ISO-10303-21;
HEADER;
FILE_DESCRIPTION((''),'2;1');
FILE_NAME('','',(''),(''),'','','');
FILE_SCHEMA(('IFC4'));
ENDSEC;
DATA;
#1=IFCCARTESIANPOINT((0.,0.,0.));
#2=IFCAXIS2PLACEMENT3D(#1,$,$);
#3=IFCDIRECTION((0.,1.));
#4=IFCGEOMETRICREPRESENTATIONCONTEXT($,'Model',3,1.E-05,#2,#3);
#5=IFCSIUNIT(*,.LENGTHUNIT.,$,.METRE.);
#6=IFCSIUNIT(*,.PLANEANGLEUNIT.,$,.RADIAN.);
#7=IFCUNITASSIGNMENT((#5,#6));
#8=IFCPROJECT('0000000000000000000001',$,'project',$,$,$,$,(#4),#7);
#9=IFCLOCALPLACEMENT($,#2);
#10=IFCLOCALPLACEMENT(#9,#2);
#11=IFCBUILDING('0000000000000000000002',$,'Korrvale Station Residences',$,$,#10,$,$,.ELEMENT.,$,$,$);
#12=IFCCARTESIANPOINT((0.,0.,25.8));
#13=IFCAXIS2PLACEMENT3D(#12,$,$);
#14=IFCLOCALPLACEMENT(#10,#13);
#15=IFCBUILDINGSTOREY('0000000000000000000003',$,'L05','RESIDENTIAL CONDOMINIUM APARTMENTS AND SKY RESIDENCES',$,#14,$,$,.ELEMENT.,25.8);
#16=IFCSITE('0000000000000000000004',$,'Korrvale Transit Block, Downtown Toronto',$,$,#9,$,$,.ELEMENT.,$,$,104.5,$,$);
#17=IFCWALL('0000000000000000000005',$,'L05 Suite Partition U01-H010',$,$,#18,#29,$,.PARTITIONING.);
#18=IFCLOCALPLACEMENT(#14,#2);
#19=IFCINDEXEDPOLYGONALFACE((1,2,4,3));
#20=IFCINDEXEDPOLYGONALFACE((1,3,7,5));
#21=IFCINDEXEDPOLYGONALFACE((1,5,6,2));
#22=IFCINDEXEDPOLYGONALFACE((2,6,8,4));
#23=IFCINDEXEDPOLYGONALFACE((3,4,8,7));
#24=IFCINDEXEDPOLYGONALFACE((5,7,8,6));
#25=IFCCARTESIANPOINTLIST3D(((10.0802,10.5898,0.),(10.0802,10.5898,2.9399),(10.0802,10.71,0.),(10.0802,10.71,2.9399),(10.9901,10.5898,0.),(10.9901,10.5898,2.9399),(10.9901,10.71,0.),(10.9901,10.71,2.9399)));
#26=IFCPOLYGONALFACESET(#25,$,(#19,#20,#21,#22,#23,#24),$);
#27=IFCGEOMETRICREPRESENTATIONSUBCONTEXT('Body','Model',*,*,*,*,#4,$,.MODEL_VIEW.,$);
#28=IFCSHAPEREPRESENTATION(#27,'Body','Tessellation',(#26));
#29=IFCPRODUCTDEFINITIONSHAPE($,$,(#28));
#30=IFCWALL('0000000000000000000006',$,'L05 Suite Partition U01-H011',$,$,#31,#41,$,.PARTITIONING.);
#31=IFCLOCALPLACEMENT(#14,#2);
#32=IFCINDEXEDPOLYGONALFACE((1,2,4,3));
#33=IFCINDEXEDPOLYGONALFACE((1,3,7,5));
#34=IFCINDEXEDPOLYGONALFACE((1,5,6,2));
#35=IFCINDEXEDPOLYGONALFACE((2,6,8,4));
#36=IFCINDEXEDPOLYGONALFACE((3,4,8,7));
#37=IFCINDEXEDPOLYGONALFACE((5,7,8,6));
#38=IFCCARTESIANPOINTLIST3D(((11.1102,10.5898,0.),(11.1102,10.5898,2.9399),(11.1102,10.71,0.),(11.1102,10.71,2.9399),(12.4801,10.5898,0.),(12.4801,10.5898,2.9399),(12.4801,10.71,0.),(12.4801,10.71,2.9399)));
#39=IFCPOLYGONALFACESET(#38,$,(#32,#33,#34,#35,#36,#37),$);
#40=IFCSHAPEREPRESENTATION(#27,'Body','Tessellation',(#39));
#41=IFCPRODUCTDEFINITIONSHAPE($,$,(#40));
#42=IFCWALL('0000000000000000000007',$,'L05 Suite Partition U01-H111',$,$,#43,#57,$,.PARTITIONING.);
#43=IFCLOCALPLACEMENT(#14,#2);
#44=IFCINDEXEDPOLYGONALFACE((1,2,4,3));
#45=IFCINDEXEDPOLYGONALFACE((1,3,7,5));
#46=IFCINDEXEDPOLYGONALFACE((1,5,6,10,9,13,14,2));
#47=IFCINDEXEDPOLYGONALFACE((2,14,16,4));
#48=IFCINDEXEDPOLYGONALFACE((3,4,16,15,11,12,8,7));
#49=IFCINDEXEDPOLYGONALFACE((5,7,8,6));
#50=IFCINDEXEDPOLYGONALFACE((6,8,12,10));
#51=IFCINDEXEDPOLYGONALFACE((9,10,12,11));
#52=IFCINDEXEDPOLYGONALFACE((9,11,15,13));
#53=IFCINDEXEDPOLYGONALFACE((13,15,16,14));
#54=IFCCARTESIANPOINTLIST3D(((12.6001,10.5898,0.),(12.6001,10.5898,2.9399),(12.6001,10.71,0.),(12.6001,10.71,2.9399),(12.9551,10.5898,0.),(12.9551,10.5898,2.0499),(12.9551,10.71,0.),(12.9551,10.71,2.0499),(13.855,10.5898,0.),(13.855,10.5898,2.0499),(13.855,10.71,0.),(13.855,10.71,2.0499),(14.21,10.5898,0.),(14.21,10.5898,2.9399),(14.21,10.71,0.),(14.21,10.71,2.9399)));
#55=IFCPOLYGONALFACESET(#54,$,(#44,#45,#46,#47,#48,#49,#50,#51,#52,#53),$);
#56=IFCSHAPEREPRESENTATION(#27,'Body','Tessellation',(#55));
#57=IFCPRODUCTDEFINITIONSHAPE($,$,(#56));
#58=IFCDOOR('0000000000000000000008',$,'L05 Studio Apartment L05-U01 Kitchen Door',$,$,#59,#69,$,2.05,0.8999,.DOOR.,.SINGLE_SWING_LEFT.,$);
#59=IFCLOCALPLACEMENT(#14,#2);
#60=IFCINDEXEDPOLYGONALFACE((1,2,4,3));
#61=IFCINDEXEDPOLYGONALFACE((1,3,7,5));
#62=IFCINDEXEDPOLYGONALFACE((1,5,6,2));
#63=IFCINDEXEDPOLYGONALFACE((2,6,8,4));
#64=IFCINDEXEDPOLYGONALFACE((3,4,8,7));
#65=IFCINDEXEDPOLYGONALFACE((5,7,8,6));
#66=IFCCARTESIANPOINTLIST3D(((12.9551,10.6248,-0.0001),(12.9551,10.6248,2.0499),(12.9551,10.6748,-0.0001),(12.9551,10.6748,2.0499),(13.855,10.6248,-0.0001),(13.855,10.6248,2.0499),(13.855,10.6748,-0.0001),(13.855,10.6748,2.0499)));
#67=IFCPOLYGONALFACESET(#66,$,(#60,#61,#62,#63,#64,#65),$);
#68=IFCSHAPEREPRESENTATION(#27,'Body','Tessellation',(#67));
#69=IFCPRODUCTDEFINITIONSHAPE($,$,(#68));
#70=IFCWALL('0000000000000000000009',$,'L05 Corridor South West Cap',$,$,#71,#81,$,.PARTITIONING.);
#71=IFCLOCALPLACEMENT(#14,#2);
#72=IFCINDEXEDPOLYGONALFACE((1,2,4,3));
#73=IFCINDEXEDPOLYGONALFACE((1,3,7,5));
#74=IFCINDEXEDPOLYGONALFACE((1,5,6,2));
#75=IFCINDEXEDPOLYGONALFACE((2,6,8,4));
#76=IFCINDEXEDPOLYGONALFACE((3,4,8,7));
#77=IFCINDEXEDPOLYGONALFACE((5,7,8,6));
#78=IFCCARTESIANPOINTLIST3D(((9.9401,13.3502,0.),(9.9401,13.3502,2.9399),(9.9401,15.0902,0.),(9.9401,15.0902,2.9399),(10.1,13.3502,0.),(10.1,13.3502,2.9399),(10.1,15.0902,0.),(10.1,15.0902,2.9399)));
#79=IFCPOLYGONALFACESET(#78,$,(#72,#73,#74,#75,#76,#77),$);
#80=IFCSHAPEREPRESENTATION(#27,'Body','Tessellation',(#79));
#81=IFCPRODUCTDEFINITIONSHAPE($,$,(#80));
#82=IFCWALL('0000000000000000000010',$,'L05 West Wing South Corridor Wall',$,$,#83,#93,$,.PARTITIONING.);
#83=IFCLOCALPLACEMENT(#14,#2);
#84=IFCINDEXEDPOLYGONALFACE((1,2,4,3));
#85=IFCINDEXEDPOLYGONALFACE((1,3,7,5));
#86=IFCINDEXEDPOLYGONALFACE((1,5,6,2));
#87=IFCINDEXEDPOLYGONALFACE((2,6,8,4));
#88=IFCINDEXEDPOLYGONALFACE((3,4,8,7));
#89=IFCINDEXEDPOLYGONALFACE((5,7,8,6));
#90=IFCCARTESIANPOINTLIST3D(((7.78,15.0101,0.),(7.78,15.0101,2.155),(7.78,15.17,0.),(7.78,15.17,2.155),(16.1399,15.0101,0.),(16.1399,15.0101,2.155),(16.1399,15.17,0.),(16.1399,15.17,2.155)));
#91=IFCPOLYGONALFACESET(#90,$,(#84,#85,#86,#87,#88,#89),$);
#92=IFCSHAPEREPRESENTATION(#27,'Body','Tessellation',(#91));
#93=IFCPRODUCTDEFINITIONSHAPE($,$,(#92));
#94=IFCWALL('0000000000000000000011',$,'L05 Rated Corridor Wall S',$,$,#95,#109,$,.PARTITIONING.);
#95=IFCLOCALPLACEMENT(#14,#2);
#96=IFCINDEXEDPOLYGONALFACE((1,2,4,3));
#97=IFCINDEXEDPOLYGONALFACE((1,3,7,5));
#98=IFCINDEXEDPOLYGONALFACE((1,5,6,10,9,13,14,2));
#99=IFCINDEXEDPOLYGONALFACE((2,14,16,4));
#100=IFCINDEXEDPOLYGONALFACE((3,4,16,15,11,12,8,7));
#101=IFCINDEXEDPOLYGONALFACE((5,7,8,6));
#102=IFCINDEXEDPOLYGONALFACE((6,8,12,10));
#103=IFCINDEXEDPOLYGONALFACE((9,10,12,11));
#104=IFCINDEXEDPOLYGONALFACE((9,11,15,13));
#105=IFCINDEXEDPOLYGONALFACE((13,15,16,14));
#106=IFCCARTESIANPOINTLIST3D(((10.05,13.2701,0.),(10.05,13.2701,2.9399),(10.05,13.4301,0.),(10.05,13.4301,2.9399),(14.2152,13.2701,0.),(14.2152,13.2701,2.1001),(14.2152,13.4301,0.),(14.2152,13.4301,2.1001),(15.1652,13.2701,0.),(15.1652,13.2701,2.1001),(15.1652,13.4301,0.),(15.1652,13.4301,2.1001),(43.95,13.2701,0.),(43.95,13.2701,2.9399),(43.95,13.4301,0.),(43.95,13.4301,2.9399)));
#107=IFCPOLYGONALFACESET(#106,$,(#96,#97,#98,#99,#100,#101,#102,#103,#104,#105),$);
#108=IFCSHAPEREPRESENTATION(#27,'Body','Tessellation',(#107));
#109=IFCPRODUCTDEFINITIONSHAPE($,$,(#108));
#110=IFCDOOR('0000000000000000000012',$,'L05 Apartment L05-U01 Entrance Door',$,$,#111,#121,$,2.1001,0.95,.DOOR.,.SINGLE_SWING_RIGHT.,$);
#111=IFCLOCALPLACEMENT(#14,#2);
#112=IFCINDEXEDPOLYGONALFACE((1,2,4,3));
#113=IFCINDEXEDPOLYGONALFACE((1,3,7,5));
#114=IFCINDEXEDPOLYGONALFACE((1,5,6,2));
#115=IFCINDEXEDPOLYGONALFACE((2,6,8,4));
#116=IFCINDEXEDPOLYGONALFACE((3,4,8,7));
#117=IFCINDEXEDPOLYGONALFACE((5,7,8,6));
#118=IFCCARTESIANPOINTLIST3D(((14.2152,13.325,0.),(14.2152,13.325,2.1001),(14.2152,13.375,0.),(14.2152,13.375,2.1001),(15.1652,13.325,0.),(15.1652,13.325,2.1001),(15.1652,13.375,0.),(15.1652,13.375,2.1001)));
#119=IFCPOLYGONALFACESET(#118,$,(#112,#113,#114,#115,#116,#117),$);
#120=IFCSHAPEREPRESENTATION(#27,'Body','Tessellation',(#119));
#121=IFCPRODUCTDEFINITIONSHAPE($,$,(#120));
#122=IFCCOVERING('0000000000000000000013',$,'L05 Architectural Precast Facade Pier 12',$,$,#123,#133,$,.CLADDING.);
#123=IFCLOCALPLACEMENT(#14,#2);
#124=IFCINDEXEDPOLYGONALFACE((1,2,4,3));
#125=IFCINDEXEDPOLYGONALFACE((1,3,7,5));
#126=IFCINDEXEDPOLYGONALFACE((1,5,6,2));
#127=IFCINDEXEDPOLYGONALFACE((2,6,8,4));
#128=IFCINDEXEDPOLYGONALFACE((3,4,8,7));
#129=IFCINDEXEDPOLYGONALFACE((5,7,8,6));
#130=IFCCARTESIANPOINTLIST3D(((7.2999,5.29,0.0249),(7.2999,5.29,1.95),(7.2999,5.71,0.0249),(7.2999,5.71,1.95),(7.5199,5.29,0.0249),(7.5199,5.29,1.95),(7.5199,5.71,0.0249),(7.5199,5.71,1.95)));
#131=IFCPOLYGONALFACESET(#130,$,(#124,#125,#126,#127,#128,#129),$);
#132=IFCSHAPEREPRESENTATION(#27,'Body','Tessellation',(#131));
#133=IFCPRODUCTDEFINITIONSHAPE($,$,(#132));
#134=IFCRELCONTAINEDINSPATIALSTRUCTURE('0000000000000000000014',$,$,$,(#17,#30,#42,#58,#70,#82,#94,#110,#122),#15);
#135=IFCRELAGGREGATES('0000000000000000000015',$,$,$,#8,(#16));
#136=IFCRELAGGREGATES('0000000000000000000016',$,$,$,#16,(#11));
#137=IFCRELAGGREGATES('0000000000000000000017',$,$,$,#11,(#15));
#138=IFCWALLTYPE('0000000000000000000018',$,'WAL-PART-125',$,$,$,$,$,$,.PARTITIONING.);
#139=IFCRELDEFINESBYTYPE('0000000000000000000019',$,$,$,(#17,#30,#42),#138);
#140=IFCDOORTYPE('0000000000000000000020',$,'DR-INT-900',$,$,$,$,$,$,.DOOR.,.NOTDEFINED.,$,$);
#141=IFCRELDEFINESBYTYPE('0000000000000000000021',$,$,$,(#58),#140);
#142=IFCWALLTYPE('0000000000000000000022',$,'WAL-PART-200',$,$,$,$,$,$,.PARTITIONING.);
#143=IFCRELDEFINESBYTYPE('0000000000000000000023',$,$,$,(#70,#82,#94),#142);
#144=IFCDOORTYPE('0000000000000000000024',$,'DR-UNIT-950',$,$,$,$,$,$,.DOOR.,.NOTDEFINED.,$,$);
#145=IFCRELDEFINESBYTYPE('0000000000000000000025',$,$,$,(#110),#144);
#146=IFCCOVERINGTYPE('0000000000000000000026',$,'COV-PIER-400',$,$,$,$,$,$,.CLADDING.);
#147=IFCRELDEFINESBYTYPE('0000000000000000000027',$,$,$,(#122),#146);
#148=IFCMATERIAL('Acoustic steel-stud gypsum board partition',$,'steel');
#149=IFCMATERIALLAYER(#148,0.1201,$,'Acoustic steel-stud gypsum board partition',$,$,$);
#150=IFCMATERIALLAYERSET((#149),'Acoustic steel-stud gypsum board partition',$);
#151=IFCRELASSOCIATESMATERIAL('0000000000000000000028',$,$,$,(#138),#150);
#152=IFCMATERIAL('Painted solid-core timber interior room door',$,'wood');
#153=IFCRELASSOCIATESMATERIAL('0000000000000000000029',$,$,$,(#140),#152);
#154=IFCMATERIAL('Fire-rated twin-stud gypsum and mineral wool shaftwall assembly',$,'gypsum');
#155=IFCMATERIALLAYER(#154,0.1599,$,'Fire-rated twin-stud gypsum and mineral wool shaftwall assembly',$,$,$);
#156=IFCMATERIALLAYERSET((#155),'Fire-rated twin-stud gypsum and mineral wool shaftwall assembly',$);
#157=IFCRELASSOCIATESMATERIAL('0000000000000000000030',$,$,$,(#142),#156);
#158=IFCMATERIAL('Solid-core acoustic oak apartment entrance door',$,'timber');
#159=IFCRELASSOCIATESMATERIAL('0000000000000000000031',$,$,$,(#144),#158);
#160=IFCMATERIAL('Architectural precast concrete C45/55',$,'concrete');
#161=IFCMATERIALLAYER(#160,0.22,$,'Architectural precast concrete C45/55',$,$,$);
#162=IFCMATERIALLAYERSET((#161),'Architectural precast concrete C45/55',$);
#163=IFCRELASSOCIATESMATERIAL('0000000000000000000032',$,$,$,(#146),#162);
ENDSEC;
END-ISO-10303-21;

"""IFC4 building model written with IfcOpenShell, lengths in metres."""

from ifc_helpers import new_model, si_unit, direction, frame, frame_2d, origin, origin_2d, place, context, subcontext, project, spatial, rectangle, extrude, material, layer, layer_set, type_object, element, fill, save


model = new_model("IFC4")

# Units and contexts
model_context = context("Model", 3, precision=1e-05, world=origin(), true_north=direction((0.0, 1.0)))
body_context = subcontext(model_context, "Body", "Model", "MODEL_VIEW")
ifc_project = project(units=[si_unit("LENGTHUNIT", "METRE"), si_unit("PLANEANGLEUNIT", "RADIAN")], contexts=[model_context])

# Site, building, storey
site_placement = place(None, origin())
site = spatial("IfcSite", under=ifc_project, at=site_placement, Name="Korrvale Transit Block, Downtown Toronto", CompositionType="ELEMENT", RefElevation=104.5)
building_placement = place(site_placement, origin())
building = spatial("IfcBuilding", under=site, at=building_placement, Name="Korrvale Station Residences", CompositionType="ELEMENT")
storey_placement = place(building_placement, frame((0.0, 0.0, 25.8)))
storey = spatial("IfcBuildingStorey", under=building, at=storey_placement, Name="L05", Description="RESIDENTIAL CONDOMINIUM APARTMENTS AND SKY RESIDENCES", CompositionType="ELEMENT", Elevation=25.8)

# Shared definitions
ifc_material_1 = material(Name="Acoustic steel-stud gypsum board partition", Category="steel")
ifc_layer_1 = layer(ifc_material_1, 0.1201, Name="Acoustic steel-stud gypsum board partition")
ifc_layer_set_1 = layer_set([ifc_layer_1], Name="Acoustic steel-stud gypsum board partition")
wall_type_1 = type_object("IfcWallType", Name="WAL-PART-125", PredefinedType="PARTITIONING", material=ifc_layer_set_1)

# Walls
wall_1_placement = place(storey_placement, frame((10.0801, 10.6499, 0.0), z_axis=(0.0, 0.0, 1.0), x_axis=(1.0, 0.0, 0.0)))
element("IfcWall", 1, at=wall_1_placement, inside=storey, type_object=wall_type_1, Name="L05 Suite Partition U01-H010", PredefinedType="PARTITIONING", context=body_context, shape_type="SweptSolid", body=[
    extrude(rectangle(XDim=0.9099, YDim=0.1201, at=frame_2d((0.4551, 0.0))), origin(), (0.0, 0.0, 1.0), 2.9399),
])
wall_2_placement = place(storey_placement, frame((11.1101, 10.6499, 0.0), z_axis=(0.0, 0.0, 1.0), x_axis=(1.0, 0.0, 0.0)))
element("IfcWall", 2, at=wall_2_placement, inside=storey, type_object=wall_type_1, Name="L05 Suite Partition U01-H011", PredefinedType="PARTITIONING", context=body_context, shape_type="SweptSolid", body=[
    extrude(rectangle(XDim=1.3699, YDim=0.1201, at=frame_2d((0.6851, 0.0))), origin(), (0.0, 0.0, 1.0), 2.9399),
])

# Wall, opening, door
wall_3_placement = place(storey_placement, frame((12.6001, 10.6499, 0.0), z_axis=(0.0, 0.0, 1.0), x_axis=(1.0, 0.0, 0.0)))
wall_3 = element("IfcWall", 3, at=wall_3_placement, inside=storey, type_object=wall_type_1, Name="L05 Suite Partition U01-H111", PredefinedType="PARTITIONING", context=body_context, shape_type="SweptSolid", body=[
    extrude(rectangle(XDim=1.6099, YDim=0.1201, at=frame_2d((0.8049, 0.0))), origin(), (0.0, 0.0, 1.0), 2.9399),
])
opening_1_placement = place(wall_3_placement, frame((0.355, 0.0, 0.0)))
opening_1 = element("IfcOpeningElement", 4, at=opening_1_placement, cuts=wall_3, PredefinedType="OPENING", context=body_context, shape_type="SweptSolid", body=[
    extrude(rectangle(XDim=0.8999, YDim=2.05, at=frame_2d((0.45, 1.0249))), frame((0.0, 0.0701, 0.0), z_axis=(0.0, -1.0, 0.0), x_axis=(1.0, 0.0, 0.0)), (0.0, 0.0, 1.0), 0.1401),
])
ifc_material_2 = material(Name="Painted solid-core timber interior room door", Category="wood")
door_type_1 = type_object("IfcDoorType", Name="DR-INT-900", OperationType="NOTDEFINED", PredefinedType="DOOR", material=ifc_material_2)
door_1_placement = place(opening_1_placement, origin())
door_1 = element("IfcDoor", 5, at=door_1_placement, inside=storey, type_object=door_type_1, Name="L05 Studio Apartment L05-U01 Kitchen Door", OperationType="SINGLE_SWING_LEFT", OverallHeight=2.05, OverallWidth=0.8999, PredefinedType="DOOR", context=body_context, shape_type="SweptSolid", body=[
    extrude(rectangle(XDim=0.8999, YDim=2.05, at=frame_2d((0.45, 1.0249))), frame((0.0, 0.0249, 0.0), z_axis=(0.0, -1.0, 0.0), x_axis=(1.0, 0.0, 0.0)), (0.0, 0.0, 1.0), 0.05),
])
fill(opening_1, door_1)

# Walls
ifc_material_3 = material(Name="Fire-rated twin-stud gypsum and mineral wool shaftwall assembly", Category="gypsum")
ifc_layer_2 = layer(ifc_material_3, 0.1599, Name="Fire-rated twin-stud gypsum and mineral wool shaftwall assembly")
ifc_layer_set_2 = layer_set([ifc_layer_2], Name="Fire-rated twin-stud gypsum and mineral wool shaftwall assembly")
wall_type_2 = type_object("IfcWallType", Name="WAL-PART-200", PredefinedType="PARTITIONING", material=ifc_layer_set_2)
wall_4_placement = place(storey_placement, frame((10.02, 13.3501, 0.0), z_axis=(0.0, 0.0, 1.0), x_axis=(0.0, 1.0, 0.0)))
element("IfcWall", 6, at=wall_4_placement, inside=storey, type_object=wall_type_2, Name="L05 Corridor South West Cap", PredefinedType="PARTITIONING", context=body_context, shape_type="SweptSolid", body=[
    extrude(rectangle(XDim=1.74, YDim=0.1599, at=frame_2d((0.8701, 0.0))), origin(), (0.0, 0.0, 1.0), 2.9399),
])
wall_5_placement = place(storey_placement, frame((7.78, 15.0901, 0.0), z_axis=(0.0, 0.0, 1.0), x_axis=(1.0, 0.0, 0.0)))
element("IfcWall", 7, at=wall_5_placement, inside=storey, type_object=wall_type_2, Name="L05 West Wing South Corridor Wall", PredefinedType="PARTITIONING", context=body_context, shape_type="SweptSolid", body=[
    extrude(rectangle(XDim=8.3599, YDim=0.1599, at=frame_2d((4.1799, 0.0))), origin(), (0.0, 0.0, 1.0), 2.155),
])

# Wall, opening, door
wall_6_placement = place(storey_placement, frame((10.05, 13.3501, 0.0), z_axis=(0.0, 0.0, 1.0), x_axis=(1.0, 0.0, 0.0)))
wall_6 = element("IfcWall", 8, at=wall_6_placement, inside=storey, type_object=wall_type_2, Name="L05 Rated Corridor Wall S", PredefinedType="PARTITIONING", context=body_context, shape_type="SweptSolid", body=[
    extrude(rectangle(XDim=33.8999, YDim=0.1599, at=frame_2d((16.95, 0.0))), origin(), (0.0, 0.0, 1.0), 2.9399),
])
opening_2_placement = place(wall_6_placement, frame((4.165, 0.0, 0.0)))
opening_2 = element("IfcOpeningElement", 9, at=opening_2_placement, cuts=wall_6, PredefinedType="OPENING", context=body_context, shape_type="SweptSolid", body=[
    extrude(rectangle(XDim=0.95, YDim=2.1001, at=frame_2d((0.4751, 1.05))), frame((0.0, 0.0898, 0.0), z_axis=(0.0, -1.0, 0.0), x_axis=(1.0, 0.0, 0.0)), (0.0, 0.0, 1.0), 0.1799),
])
ifc_material_4 = material(Name="Solid-core acoustic oak apartment entrance door", Category="timber")
door_type_2 = type_object("IfcDoorType", Name="DR-UNIT-950", OperationType="NOTDEFINED", PredefinedType="DOOR", material=ifc_material_4)
door_2_placement = place(opening_2_placement, origin())
door_2 = element("IfcDoor", 10, at=door_2_placement, inside=storey, type_object=door_type_2, Name="L05 Apartment L05-U01 Entrance Door", OperationType="SINGLE_SWING_RIGHT", OverallHeight=2.1001, OverallWidth=0.95, PredefinedType="DOOR", context=body_context, shape_type="SweptSolid", body=[
    extrude(rectangle(XDim=0.95, YDim=2.1001, at=frame_2d((0.4751, 1.05))), frame((0.0, 0.0249, 0.0), z_axis=(0.0, -1.0, 0.0), x_axis=(1.0, 0.0, 0.0)), (0.0, 0.0, 1.0), 0.05),
])
fill(opening_2, door_2)

# Covering
ifc_material_5 = material(Name="Architectural precast concrete C45/55", Category="concrete")
ifc_layer_3 = layer(ifc_material_5, 0.22, Name="Architectural precast concrete C45/55")
ifc_layer_set_3 = layer_set([ifc_layer_3], Name="Architectural precast concrete C45/55")
covering_type = type_object("IfcCoveringType", Name="COV-PIER-400", PredefinedType="CLADDING", material=ifc_layer_set_3)
covering_placement = place(storey_placement, frame((7.4099, 5.5, 0.0249), z_axis=(0.0, 0.0, 1.0), x_axis=(0.0, 1.0, 0.0)))
element("IfcCovering", 11, at=covering_placement, inside=storey, type_object=covering_type, Name="L05 Architectural Precast Facade Pier 12", PredefinedType="CLADDING", context=body_context, shape_type="SweptSolid", body=[
    extrude(rectangle(XDim=0.4199, YDim=0.22, at=origin_2d()), origin(), (0.0, 0.0, 1.0), 1.925),
])

save(model, "model.ifc")
